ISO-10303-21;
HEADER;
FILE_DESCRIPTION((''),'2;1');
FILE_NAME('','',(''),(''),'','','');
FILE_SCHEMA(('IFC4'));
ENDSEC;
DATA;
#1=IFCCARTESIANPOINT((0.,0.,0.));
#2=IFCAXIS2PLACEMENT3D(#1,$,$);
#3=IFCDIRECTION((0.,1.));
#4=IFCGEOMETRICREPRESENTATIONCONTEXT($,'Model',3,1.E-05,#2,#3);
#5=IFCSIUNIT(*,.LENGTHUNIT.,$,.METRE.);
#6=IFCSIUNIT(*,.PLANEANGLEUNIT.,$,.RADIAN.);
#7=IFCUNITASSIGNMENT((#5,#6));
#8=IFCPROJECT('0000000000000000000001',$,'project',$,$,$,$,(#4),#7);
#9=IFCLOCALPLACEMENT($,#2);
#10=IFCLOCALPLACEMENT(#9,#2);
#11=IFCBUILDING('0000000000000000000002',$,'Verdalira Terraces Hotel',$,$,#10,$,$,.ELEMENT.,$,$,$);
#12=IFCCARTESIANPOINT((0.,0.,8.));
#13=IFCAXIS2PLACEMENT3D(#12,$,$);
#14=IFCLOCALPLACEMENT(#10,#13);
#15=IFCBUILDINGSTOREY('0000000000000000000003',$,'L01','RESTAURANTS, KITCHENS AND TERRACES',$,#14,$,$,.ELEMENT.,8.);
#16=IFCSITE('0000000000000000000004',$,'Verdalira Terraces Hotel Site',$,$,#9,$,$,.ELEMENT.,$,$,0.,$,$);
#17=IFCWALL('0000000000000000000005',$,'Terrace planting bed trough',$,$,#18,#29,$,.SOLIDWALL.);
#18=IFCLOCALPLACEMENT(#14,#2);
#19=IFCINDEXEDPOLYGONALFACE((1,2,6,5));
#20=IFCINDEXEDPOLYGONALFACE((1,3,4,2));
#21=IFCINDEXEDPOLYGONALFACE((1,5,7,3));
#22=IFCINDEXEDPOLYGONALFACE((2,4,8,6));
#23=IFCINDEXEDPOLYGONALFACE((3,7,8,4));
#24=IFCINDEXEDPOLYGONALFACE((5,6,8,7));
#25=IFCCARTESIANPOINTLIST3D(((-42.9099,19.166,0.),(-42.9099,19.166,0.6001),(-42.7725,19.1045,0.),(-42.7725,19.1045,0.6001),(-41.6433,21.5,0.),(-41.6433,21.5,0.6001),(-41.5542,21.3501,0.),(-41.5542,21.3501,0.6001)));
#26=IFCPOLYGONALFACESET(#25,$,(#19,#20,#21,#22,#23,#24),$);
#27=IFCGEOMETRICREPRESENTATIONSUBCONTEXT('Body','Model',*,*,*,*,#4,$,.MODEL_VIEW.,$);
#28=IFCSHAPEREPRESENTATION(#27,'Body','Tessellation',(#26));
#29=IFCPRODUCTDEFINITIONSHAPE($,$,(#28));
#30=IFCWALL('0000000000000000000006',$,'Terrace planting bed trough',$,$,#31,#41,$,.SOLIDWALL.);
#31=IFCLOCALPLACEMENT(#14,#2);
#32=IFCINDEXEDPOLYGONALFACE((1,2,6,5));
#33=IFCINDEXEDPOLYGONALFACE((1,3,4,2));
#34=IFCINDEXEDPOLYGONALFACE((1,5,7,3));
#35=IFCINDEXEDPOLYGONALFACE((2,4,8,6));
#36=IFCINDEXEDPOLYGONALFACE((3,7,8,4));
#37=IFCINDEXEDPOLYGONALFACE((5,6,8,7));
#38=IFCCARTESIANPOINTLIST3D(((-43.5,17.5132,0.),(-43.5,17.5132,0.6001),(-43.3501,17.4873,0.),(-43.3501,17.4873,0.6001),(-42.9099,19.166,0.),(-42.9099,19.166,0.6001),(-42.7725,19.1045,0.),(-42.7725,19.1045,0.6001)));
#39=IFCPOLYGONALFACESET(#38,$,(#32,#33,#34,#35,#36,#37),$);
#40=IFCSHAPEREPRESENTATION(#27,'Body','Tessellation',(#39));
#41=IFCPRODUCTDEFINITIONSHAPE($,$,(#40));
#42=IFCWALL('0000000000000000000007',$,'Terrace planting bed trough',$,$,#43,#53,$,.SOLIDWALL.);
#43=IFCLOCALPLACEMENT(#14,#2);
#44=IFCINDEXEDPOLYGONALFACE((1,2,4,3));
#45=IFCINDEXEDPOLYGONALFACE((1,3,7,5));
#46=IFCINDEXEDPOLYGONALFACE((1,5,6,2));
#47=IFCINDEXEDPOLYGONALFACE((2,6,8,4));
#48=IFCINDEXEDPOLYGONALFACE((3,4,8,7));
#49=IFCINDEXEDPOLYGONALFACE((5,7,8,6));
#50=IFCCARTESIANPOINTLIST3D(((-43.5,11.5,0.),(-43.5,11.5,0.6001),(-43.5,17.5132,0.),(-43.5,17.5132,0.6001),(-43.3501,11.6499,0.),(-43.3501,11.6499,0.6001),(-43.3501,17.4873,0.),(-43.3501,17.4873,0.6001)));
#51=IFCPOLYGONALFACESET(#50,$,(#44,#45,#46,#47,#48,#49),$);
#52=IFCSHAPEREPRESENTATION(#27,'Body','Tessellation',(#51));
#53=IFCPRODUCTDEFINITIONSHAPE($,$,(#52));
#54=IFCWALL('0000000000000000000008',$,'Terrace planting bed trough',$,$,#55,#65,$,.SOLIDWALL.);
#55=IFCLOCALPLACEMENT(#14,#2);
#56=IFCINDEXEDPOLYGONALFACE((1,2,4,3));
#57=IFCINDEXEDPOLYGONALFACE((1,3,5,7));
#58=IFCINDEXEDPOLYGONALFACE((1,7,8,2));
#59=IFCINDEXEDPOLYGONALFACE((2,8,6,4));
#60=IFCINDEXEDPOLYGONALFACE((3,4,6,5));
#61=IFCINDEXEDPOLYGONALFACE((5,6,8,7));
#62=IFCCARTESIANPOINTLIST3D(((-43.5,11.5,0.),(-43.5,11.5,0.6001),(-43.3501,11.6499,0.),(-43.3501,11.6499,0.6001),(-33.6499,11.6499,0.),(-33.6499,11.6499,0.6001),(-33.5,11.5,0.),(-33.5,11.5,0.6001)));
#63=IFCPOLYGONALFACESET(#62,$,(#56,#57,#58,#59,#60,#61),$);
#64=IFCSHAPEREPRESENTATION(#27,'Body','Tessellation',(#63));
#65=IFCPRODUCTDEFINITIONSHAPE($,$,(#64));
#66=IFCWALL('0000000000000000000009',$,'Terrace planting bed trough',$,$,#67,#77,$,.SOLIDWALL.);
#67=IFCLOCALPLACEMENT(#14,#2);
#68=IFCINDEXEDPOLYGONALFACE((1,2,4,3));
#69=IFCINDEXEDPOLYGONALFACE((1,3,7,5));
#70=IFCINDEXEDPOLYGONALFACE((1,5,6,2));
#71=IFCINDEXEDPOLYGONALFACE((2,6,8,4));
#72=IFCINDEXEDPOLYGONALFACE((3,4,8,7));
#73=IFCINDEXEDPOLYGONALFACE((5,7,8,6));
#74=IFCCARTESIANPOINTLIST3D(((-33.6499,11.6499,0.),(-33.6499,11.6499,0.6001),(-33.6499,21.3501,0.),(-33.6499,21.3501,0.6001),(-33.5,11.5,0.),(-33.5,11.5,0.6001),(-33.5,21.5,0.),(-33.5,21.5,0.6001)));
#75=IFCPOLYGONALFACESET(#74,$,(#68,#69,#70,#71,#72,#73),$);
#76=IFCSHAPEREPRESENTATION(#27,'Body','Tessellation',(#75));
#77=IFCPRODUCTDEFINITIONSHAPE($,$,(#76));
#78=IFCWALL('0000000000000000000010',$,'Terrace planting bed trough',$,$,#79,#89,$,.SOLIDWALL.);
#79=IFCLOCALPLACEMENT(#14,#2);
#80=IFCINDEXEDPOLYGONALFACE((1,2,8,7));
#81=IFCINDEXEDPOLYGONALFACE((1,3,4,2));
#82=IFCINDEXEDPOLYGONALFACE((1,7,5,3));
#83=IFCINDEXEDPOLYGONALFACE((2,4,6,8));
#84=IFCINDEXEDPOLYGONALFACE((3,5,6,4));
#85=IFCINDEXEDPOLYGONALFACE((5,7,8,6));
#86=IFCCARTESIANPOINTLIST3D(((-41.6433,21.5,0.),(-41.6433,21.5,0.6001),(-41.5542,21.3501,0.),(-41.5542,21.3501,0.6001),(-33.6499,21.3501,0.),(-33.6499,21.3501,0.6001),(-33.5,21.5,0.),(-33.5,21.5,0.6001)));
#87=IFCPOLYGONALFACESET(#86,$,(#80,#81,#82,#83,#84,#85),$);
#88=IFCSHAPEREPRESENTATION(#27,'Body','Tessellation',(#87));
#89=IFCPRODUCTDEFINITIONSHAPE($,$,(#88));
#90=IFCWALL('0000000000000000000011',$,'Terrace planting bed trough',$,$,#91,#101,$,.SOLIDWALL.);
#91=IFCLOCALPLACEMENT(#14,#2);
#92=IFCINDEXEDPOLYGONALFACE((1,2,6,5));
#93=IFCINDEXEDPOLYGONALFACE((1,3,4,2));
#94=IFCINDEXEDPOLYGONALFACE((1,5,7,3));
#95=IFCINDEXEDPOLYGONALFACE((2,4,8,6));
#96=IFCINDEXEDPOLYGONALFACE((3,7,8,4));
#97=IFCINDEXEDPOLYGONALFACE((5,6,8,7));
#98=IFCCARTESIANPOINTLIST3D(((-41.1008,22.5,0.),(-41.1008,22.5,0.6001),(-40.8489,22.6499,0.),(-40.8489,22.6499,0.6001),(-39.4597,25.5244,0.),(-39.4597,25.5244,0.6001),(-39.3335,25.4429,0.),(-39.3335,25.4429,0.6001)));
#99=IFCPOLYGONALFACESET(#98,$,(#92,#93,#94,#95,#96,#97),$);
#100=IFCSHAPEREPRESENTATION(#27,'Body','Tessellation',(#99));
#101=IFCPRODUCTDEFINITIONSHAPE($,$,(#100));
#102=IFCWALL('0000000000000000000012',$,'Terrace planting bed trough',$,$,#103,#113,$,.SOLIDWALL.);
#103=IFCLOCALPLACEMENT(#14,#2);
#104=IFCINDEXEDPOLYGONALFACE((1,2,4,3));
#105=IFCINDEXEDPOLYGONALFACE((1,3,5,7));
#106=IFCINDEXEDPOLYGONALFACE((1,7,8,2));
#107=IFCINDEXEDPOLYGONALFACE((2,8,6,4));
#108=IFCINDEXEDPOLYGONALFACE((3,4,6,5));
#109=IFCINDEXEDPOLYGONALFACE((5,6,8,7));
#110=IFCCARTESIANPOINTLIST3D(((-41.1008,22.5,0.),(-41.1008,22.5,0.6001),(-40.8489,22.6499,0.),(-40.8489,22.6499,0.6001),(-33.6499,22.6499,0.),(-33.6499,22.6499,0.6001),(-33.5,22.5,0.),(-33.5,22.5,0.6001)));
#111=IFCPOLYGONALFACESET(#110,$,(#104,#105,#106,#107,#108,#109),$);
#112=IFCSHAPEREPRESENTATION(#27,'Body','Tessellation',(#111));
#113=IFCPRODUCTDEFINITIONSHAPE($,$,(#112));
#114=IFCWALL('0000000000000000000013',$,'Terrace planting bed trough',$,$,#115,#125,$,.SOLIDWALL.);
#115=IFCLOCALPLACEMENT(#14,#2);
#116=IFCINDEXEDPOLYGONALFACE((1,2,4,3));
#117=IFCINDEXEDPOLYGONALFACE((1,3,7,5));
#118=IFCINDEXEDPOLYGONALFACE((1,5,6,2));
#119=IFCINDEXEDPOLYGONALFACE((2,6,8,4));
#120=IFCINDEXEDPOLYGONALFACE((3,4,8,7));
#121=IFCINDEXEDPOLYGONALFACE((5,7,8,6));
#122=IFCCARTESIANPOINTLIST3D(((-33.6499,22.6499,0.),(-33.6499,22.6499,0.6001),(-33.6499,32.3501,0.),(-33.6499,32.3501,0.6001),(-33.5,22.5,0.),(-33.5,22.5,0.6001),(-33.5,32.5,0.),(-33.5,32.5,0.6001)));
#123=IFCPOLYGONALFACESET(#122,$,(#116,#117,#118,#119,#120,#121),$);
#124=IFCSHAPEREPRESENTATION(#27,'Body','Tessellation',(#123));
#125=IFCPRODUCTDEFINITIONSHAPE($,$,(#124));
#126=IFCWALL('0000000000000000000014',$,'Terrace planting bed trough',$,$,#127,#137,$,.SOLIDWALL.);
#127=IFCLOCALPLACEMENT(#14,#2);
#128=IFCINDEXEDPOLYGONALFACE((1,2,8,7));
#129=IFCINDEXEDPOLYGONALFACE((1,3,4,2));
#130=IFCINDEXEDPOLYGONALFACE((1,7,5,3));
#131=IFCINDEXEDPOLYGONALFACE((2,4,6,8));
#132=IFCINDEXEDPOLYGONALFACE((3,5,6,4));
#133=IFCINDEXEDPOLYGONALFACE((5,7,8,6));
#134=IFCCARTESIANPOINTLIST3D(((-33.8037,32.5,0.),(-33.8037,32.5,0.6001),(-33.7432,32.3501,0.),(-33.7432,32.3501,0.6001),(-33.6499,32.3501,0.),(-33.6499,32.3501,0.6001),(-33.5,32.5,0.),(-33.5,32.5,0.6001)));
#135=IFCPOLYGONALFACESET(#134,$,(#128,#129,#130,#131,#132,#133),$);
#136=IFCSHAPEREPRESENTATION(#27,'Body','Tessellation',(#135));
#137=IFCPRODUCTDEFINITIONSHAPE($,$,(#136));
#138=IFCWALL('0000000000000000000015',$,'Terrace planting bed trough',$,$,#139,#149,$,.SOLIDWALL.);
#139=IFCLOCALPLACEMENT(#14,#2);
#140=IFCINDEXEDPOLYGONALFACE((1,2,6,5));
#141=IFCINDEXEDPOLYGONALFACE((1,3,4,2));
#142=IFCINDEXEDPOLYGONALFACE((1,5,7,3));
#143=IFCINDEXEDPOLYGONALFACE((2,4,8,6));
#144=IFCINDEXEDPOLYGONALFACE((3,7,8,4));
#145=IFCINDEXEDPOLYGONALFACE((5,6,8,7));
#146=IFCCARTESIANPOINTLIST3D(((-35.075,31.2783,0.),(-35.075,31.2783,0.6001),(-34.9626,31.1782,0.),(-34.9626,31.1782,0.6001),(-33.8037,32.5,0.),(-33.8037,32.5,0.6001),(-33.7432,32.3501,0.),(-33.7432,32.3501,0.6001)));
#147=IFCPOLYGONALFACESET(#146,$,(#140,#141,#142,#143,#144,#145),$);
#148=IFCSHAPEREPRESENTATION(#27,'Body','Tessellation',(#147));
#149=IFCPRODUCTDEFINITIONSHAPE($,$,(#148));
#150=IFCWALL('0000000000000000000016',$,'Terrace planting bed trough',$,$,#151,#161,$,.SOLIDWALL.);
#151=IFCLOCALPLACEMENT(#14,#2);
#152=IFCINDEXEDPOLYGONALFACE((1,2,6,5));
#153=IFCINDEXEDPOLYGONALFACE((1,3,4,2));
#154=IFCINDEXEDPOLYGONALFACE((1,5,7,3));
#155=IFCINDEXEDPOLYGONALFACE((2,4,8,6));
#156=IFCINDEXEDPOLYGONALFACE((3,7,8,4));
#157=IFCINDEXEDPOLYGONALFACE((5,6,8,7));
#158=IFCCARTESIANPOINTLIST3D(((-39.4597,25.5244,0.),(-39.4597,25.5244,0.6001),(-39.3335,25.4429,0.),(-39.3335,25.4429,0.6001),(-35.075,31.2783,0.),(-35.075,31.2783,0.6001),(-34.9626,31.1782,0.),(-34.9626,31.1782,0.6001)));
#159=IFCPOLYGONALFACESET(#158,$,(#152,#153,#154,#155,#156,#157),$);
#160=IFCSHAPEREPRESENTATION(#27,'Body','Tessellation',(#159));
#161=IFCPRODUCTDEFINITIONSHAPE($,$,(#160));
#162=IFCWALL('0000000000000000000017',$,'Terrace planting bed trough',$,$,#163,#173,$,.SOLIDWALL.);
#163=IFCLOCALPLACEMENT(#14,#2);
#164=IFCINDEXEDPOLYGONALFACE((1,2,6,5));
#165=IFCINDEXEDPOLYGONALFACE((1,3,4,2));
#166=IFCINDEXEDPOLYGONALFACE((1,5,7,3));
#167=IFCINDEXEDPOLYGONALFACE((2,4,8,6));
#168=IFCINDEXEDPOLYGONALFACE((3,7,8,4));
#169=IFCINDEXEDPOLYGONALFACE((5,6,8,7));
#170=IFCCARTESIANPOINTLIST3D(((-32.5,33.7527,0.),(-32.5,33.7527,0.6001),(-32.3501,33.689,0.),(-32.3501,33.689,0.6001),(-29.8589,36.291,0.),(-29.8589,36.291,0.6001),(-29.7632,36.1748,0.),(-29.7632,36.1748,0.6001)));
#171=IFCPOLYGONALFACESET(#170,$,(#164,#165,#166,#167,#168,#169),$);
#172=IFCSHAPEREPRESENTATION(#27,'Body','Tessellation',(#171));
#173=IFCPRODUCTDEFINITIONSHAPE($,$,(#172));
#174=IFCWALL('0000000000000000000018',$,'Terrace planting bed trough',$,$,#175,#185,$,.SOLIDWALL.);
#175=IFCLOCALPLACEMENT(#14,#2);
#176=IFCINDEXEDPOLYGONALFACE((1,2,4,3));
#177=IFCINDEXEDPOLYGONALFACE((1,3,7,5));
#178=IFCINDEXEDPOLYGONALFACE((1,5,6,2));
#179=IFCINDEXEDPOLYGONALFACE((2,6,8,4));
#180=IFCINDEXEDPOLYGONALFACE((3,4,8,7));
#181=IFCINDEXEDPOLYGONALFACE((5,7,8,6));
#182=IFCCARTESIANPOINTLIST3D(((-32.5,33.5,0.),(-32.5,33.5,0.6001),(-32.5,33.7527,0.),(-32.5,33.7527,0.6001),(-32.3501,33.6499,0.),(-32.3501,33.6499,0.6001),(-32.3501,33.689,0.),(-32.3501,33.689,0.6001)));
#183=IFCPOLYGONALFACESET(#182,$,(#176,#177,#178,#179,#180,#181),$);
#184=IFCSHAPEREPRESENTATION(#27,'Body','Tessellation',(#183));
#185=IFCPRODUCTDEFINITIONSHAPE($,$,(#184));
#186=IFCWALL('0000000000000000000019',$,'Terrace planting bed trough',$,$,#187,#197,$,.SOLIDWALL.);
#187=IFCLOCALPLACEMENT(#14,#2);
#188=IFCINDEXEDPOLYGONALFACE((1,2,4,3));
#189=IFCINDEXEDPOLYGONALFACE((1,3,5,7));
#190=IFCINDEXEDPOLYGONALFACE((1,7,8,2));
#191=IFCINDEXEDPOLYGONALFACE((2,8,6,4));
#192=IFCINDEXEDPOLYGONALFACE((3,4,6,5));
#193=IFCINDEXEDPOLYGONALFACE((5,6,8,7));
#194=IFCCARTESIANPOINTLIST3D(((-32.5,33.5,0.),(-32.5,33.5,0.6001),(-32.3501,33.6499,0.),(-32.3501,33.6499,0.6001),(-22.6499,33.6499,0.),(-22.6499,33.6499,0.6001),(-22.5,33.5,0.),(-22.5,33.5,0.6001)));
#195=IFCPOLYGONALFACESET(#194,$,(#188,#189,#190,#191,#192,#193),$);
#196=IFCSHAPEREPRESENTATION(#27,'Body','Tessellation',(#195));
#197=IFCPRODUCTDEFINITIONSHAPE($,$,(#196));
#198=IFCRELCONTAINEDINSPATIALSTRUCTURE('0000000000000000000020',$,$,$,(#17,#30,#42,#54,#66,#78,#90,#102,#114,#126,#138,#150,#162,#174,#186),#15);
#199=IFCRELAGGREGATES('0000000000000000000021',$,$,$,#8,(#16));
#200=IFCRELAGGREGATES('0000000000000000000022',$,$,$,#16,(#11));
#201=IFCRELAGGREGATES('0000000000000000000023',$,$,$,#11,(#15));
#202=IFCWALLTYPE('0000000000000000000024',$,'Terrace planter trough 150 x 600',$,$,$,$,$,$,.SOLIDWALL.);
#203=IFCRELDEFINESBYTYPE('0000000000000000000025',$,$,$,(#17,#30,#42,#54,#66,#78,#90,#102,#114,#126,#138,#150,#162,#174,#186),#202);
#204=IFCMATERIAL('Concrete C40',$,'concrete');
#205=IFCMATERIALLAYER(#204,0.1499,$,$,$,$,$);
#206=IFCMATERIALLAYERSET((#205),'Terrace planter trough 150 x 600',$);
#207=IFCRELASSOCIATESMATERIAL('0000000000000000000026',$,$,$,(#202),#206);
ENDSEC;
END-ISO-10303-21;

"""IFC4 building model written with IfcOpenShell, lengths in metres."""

from ifc_helpers import new_model, si_unit, direction, frame, origin, place, context, subcontext, project, spatial, polyline, outline, extrude, material, layer, layer_set, type_object, element, save


model = new_model("IFC4")

# Units and contexts
model_context = context("Model", 3, precision=1e-05, world=origin(), true_north=direction((0.0, 1.0)))
body_context = subcontext(model_context, "Body", "Model", "MODEL_VIEW")
ifc_project = project(units=[si_unit("LENGTHUNIT", "METRE"), si_unit("PLANEANGLEUNIT", "RADIAN")], contexts=[model_context])

# Site, building, storey
site_placement = place(None, origin())
site = spatial("IfcSite", under=ifc_project, at=site_placement, Name="Verdalira Terraces Hotel Site", CompositionType="ELEMENT", RefElevation=0.0)
building_placement = place(site_placement, origin())
building = spatial("IfcBuilding", under=site, at=building_placement, Name="Verdalira Terraces Hotel", CompositionType="ELEMENT")
storey_placement = place(building_placement, frame((0.0, 0.0, 8.0)))
storey = spatial("IfcBuildingStorey", under=building, at=storey_placement, Name="L01", Description="RESTAURANTS, KITCHENS AND TERRACES", CompositionType="ELEMENT", Elevation=8.0)

# Walls
ifc_material_1 = material(Name="Concrete C40", Category="concrete")
ifc_layer_1 = layer(ifc_material_1, 0.1499)
ifc_layer_set_1 = layer_set([ifc_layer_1], Name="Terrace planter trough 150 x 600")
wall_type_1 = type_object("IfcWallType", Name="Terrace planter trough 150 x 600", PredefinedType="SOLIDWALL", material=ifc_layer_set_1)
wall_1_placement = place(storey_placement, origin())
element("IfcWall", 1, at=wall_1_placement, inside=storey, type_object=wall_type_1, Name="Terrace planting bed trough", PredefinedType="SOLIDWALL", context=body_context, shape_type="SweptSolid", body=[
    extrude(outline(polyline([(-41.6433, 21.5), (-42.9099, 19.166), (-42.7725, 19.1045), (-41.5542, 21.3501), (-41.6433, 21.5)])), origin(), (0.0, 0.0, 1.0), 0.6001),
])
wall_2_placement = place(storey_placement, origin())
element("IfcWall", 2, at=wall_2_placement, inside=storey, type_object=wall_type_1, Name="Terrace planting bed trough", PredefinedType="SOLIDWALL", context=body_context, shape_type="SweptSolid", body=[
    extrude(outline(polyline([(-42.9099, 19.166), (-43.5, 17.5132), (-43.3501, 17.4873), (-42.7725, 19.1045), (-42.9099, 19.166)])), origin(), (0.0, 0.0, 1.0), 0.6001),
])
wall_3_placement = place(storey_placement, origin())
element("IfcWall", 3, at=wall_3_placement, inside=storey, type_object=wall_type_1, Name="Terrace planting bed trough", PredefinedType="SOLIDWALL", context=body_context, shape_type="SweptSolid", body=[
    extrude(outline(polyline([(-43.5, 17.5132), (-43.5, 11.5), (-43.3501, 11.6499), (-43.3501, 17.4873), (-43.5, 17.5132)])), origin(), (0.0, 0.0, 1.0), 0.6001),
])
wall_4_placement = place(storey_placement, origin())
element("IfcWall", 4, at=wall_4_placement, inside=storey, type_object=wall_type_1, Name="Terrace planting bed trough", PredefinedType="SOLIDWALL", context=body_context, shape_type="SweptSolid", body=[
    extrude(outline(polyline([(-43.5, 11.5), (-33.5, 11.5), (-33.6499, 11.6499), (-43.3501, 11.6499), (-43.5, 11.5)])), origin(), (0.0, 0.0, 1.0), 0.6001),
])
wall_5_placement = place(storey_placement, origin())
element("IfcWall", 5, at=wall_5_placement, inside=storey, type_object=wall_type_1, Name="Terrace planting bed trough", PredefinedType="SOLIDWALL", context=body_context, shape_type="SweptSolid", body=[
    extrude(outline(polyline([(-33.5, 11.5), (-33.5, 21.5), (-33.6499, 21.3501), (-33.6499, 11.6499), (-33.5, 11.5)])), origin(), (0.0, 0.0, 1.0), 0.6001),
])
wall_6_placement = place(storey_placement, origin())
element("IfcWall", 6, at=wall_6_placement, inside=storey, type_object=wall_type_1, Name="Terrace planting bed trough", PredefinedType="SOLIDWALL", context=body_context, shape_type="SweptSolid", body=[
    extrude(outline(polyline([(-33.5, 21.5), (-41.6433, 21.5), (-41.5542, 21.3501), (-33.6499, 21.3501), (-33.5, 21.5)])), origin(), (0.0, 0.0, 1.0), 0.6001),
])
wall_7_placement = place(storey_placement, origin())
element("IfcWall", 7, at=wall_7_placement, inside=storey, type_object=wall_type_1, Name="Terrace planting bed trough", PredefinedType="SOLIDWALL", context=body_context, shape_type="SweptSolid", body=[
    extrude(outline(polyline([(-39.4597, 25.5244), (-41.1008, 22.5), (-40.8489, 22.6499), (-39.3335, 25.4429), (-39.4597, 25.5244)])), origin(), (0.0, 0.0, 1.0), 0.6001),
])
wall_8_placement = place(storey_placement, origin())
element("IfcWall", 8, at=wall_8_placement, inside=storey, type_object=wall_type_1, Name="Terrace planting bed trough", PredefinedType="SOLIDWALL", context=body_context, shape_type="SweptSolid", body=[
    extrude(outline(polyline([(-41.1008, 22.5), (-33.5, 22.5), (-33.6499, 22.6499), (-40.8489, 22.6499), (-41.1008, 22.5)])), origin(), (0.0, 0.0, 1.0), 0.6001),
])
wall_9_placement = place(storey_placement, origin())
element("IfcWall", 9, at=wall_9_placement, inside=storey, type_object=wall_type_1, Name="Terrace planting bed trough", PredefinedType="SOLIDWALL", context=body_context, shape_type="SweptSolid", body=[
    extrude(outline(polyline([(-33.5, 22.5), (-33.5, 32.5), (-33.6499, 32.3501), (-33.6499, 22.6499), (-33.5, 22.5)])), origin(), (0.0, 0.0, 1.0), 0.6001),
])
wall_10_placement = place(storey_placement, origin())
element("IfcWall", 10, at=wall_10_placement, inside=storey, type_object=wall_type_1, Name="Terrace planting bed trough", PredefinedType="SOLIDWALL", context=body_context, shape_type="SweptSolid", body=[
    extrude(outline(polyline([(-33.5, 32.5), (-33.8037, 32.5), (-33.7432, 32.3501), (-33.6499, 32.3501), (-33.5, 32.5)])), origin(), (0.0, 0.0, 1.0), 0.6001),
])
wall_11_placement = place(storey_placement, origin())
element("IfcWall", 11, at=wall_11_placement, inside=storey, type_object=wall_type_1, Name="Terrace planting bed trough", PredefinedType="SOLIDWALL", context=body_context, shape_type="SweptSolid", body=[
    extrude(outline(polyline([(-33.8037, 32.5), (-35.075, 31.2783), (-34.9626, 31.1782), (-33.7432, 32.3501), (-33.8037, 32.5)])), origin(), (0.0, 0.0, 1.0), 0.6001),
])
wall_12_placement = place(storey_placement, origin())
element("IfcWall", 12, at=wall_12_placement, inside=storey, type_object=wall_type_1, Name="Terrace planting bed trough", PredefinedType="SOLIDWALL", context=body_context, shape_type="SweptSolid", body=[
    extrude(outline(polyline([(-35.075, 31.2783), (-39.4597, 25.5244), (-39.3335, 25.4429), (-34.9626, 31.1782), (-35.075, 31.2783)])), origin(), (0.0, 0.0, 1.0), 0.6001),
])
wall_13_placement = place(storey_placement, origin())
element("IfcWall", 13, at=wall_13_placement, inside=storey, type_object=wall_type_1, Name="Terrace planting bed trough", PredefinedType="SOLIDWALL", context=body_context, shape_type="SweptSolid", body=[
    extrude(outline(polyline([(-29.8589, 36.291), (-32.5, 33.7527), (-32.3501, 33.689), (-29.7632, 36.1748), (-29.8589, 36.291)])), origin(), (0.0, 0.0, 1.0), 0.6001),
])
wall_14_placement = place(storey_placement, origin())
element("IfcWall", 14, at=wall_14_placement, inside=storey, type_object=wall_type_1, Name="Terrace planting bed trough", PredefinedType="SOLIDWALL", context=body_context, shape_type="SweptSolid", body=[
    extrude(outline(polyline([(-32.5, 33.7527), (-32.5, 33.5), (-32.3501, 33.6499), (-32.3501, 33.689), (-32.5, 33.7527)])), origin(), (0.0, 0.0, 1.0), 0.6001),
])
wall_15_placement = place(storey_placement, origin())
element("IfcWall", 15, at=wall_15_placement, inside=storey, type_object=wall_type_1, Name="Terrace planting bed trough", PredefinedType="SOLIDWALL", context=body_context, shape_type="SweptSolid", body=[
    extrude(outline(polyline([(-32.5, 33.5), (-22.5, 33.5), (-22.6499, 33.6499), (-32.3501, 33.6499), (-32.5, 33.5)])), origin(), (0.0, 0.0, 1.0), 0.6001),
])

save(model, "model.ifc")
